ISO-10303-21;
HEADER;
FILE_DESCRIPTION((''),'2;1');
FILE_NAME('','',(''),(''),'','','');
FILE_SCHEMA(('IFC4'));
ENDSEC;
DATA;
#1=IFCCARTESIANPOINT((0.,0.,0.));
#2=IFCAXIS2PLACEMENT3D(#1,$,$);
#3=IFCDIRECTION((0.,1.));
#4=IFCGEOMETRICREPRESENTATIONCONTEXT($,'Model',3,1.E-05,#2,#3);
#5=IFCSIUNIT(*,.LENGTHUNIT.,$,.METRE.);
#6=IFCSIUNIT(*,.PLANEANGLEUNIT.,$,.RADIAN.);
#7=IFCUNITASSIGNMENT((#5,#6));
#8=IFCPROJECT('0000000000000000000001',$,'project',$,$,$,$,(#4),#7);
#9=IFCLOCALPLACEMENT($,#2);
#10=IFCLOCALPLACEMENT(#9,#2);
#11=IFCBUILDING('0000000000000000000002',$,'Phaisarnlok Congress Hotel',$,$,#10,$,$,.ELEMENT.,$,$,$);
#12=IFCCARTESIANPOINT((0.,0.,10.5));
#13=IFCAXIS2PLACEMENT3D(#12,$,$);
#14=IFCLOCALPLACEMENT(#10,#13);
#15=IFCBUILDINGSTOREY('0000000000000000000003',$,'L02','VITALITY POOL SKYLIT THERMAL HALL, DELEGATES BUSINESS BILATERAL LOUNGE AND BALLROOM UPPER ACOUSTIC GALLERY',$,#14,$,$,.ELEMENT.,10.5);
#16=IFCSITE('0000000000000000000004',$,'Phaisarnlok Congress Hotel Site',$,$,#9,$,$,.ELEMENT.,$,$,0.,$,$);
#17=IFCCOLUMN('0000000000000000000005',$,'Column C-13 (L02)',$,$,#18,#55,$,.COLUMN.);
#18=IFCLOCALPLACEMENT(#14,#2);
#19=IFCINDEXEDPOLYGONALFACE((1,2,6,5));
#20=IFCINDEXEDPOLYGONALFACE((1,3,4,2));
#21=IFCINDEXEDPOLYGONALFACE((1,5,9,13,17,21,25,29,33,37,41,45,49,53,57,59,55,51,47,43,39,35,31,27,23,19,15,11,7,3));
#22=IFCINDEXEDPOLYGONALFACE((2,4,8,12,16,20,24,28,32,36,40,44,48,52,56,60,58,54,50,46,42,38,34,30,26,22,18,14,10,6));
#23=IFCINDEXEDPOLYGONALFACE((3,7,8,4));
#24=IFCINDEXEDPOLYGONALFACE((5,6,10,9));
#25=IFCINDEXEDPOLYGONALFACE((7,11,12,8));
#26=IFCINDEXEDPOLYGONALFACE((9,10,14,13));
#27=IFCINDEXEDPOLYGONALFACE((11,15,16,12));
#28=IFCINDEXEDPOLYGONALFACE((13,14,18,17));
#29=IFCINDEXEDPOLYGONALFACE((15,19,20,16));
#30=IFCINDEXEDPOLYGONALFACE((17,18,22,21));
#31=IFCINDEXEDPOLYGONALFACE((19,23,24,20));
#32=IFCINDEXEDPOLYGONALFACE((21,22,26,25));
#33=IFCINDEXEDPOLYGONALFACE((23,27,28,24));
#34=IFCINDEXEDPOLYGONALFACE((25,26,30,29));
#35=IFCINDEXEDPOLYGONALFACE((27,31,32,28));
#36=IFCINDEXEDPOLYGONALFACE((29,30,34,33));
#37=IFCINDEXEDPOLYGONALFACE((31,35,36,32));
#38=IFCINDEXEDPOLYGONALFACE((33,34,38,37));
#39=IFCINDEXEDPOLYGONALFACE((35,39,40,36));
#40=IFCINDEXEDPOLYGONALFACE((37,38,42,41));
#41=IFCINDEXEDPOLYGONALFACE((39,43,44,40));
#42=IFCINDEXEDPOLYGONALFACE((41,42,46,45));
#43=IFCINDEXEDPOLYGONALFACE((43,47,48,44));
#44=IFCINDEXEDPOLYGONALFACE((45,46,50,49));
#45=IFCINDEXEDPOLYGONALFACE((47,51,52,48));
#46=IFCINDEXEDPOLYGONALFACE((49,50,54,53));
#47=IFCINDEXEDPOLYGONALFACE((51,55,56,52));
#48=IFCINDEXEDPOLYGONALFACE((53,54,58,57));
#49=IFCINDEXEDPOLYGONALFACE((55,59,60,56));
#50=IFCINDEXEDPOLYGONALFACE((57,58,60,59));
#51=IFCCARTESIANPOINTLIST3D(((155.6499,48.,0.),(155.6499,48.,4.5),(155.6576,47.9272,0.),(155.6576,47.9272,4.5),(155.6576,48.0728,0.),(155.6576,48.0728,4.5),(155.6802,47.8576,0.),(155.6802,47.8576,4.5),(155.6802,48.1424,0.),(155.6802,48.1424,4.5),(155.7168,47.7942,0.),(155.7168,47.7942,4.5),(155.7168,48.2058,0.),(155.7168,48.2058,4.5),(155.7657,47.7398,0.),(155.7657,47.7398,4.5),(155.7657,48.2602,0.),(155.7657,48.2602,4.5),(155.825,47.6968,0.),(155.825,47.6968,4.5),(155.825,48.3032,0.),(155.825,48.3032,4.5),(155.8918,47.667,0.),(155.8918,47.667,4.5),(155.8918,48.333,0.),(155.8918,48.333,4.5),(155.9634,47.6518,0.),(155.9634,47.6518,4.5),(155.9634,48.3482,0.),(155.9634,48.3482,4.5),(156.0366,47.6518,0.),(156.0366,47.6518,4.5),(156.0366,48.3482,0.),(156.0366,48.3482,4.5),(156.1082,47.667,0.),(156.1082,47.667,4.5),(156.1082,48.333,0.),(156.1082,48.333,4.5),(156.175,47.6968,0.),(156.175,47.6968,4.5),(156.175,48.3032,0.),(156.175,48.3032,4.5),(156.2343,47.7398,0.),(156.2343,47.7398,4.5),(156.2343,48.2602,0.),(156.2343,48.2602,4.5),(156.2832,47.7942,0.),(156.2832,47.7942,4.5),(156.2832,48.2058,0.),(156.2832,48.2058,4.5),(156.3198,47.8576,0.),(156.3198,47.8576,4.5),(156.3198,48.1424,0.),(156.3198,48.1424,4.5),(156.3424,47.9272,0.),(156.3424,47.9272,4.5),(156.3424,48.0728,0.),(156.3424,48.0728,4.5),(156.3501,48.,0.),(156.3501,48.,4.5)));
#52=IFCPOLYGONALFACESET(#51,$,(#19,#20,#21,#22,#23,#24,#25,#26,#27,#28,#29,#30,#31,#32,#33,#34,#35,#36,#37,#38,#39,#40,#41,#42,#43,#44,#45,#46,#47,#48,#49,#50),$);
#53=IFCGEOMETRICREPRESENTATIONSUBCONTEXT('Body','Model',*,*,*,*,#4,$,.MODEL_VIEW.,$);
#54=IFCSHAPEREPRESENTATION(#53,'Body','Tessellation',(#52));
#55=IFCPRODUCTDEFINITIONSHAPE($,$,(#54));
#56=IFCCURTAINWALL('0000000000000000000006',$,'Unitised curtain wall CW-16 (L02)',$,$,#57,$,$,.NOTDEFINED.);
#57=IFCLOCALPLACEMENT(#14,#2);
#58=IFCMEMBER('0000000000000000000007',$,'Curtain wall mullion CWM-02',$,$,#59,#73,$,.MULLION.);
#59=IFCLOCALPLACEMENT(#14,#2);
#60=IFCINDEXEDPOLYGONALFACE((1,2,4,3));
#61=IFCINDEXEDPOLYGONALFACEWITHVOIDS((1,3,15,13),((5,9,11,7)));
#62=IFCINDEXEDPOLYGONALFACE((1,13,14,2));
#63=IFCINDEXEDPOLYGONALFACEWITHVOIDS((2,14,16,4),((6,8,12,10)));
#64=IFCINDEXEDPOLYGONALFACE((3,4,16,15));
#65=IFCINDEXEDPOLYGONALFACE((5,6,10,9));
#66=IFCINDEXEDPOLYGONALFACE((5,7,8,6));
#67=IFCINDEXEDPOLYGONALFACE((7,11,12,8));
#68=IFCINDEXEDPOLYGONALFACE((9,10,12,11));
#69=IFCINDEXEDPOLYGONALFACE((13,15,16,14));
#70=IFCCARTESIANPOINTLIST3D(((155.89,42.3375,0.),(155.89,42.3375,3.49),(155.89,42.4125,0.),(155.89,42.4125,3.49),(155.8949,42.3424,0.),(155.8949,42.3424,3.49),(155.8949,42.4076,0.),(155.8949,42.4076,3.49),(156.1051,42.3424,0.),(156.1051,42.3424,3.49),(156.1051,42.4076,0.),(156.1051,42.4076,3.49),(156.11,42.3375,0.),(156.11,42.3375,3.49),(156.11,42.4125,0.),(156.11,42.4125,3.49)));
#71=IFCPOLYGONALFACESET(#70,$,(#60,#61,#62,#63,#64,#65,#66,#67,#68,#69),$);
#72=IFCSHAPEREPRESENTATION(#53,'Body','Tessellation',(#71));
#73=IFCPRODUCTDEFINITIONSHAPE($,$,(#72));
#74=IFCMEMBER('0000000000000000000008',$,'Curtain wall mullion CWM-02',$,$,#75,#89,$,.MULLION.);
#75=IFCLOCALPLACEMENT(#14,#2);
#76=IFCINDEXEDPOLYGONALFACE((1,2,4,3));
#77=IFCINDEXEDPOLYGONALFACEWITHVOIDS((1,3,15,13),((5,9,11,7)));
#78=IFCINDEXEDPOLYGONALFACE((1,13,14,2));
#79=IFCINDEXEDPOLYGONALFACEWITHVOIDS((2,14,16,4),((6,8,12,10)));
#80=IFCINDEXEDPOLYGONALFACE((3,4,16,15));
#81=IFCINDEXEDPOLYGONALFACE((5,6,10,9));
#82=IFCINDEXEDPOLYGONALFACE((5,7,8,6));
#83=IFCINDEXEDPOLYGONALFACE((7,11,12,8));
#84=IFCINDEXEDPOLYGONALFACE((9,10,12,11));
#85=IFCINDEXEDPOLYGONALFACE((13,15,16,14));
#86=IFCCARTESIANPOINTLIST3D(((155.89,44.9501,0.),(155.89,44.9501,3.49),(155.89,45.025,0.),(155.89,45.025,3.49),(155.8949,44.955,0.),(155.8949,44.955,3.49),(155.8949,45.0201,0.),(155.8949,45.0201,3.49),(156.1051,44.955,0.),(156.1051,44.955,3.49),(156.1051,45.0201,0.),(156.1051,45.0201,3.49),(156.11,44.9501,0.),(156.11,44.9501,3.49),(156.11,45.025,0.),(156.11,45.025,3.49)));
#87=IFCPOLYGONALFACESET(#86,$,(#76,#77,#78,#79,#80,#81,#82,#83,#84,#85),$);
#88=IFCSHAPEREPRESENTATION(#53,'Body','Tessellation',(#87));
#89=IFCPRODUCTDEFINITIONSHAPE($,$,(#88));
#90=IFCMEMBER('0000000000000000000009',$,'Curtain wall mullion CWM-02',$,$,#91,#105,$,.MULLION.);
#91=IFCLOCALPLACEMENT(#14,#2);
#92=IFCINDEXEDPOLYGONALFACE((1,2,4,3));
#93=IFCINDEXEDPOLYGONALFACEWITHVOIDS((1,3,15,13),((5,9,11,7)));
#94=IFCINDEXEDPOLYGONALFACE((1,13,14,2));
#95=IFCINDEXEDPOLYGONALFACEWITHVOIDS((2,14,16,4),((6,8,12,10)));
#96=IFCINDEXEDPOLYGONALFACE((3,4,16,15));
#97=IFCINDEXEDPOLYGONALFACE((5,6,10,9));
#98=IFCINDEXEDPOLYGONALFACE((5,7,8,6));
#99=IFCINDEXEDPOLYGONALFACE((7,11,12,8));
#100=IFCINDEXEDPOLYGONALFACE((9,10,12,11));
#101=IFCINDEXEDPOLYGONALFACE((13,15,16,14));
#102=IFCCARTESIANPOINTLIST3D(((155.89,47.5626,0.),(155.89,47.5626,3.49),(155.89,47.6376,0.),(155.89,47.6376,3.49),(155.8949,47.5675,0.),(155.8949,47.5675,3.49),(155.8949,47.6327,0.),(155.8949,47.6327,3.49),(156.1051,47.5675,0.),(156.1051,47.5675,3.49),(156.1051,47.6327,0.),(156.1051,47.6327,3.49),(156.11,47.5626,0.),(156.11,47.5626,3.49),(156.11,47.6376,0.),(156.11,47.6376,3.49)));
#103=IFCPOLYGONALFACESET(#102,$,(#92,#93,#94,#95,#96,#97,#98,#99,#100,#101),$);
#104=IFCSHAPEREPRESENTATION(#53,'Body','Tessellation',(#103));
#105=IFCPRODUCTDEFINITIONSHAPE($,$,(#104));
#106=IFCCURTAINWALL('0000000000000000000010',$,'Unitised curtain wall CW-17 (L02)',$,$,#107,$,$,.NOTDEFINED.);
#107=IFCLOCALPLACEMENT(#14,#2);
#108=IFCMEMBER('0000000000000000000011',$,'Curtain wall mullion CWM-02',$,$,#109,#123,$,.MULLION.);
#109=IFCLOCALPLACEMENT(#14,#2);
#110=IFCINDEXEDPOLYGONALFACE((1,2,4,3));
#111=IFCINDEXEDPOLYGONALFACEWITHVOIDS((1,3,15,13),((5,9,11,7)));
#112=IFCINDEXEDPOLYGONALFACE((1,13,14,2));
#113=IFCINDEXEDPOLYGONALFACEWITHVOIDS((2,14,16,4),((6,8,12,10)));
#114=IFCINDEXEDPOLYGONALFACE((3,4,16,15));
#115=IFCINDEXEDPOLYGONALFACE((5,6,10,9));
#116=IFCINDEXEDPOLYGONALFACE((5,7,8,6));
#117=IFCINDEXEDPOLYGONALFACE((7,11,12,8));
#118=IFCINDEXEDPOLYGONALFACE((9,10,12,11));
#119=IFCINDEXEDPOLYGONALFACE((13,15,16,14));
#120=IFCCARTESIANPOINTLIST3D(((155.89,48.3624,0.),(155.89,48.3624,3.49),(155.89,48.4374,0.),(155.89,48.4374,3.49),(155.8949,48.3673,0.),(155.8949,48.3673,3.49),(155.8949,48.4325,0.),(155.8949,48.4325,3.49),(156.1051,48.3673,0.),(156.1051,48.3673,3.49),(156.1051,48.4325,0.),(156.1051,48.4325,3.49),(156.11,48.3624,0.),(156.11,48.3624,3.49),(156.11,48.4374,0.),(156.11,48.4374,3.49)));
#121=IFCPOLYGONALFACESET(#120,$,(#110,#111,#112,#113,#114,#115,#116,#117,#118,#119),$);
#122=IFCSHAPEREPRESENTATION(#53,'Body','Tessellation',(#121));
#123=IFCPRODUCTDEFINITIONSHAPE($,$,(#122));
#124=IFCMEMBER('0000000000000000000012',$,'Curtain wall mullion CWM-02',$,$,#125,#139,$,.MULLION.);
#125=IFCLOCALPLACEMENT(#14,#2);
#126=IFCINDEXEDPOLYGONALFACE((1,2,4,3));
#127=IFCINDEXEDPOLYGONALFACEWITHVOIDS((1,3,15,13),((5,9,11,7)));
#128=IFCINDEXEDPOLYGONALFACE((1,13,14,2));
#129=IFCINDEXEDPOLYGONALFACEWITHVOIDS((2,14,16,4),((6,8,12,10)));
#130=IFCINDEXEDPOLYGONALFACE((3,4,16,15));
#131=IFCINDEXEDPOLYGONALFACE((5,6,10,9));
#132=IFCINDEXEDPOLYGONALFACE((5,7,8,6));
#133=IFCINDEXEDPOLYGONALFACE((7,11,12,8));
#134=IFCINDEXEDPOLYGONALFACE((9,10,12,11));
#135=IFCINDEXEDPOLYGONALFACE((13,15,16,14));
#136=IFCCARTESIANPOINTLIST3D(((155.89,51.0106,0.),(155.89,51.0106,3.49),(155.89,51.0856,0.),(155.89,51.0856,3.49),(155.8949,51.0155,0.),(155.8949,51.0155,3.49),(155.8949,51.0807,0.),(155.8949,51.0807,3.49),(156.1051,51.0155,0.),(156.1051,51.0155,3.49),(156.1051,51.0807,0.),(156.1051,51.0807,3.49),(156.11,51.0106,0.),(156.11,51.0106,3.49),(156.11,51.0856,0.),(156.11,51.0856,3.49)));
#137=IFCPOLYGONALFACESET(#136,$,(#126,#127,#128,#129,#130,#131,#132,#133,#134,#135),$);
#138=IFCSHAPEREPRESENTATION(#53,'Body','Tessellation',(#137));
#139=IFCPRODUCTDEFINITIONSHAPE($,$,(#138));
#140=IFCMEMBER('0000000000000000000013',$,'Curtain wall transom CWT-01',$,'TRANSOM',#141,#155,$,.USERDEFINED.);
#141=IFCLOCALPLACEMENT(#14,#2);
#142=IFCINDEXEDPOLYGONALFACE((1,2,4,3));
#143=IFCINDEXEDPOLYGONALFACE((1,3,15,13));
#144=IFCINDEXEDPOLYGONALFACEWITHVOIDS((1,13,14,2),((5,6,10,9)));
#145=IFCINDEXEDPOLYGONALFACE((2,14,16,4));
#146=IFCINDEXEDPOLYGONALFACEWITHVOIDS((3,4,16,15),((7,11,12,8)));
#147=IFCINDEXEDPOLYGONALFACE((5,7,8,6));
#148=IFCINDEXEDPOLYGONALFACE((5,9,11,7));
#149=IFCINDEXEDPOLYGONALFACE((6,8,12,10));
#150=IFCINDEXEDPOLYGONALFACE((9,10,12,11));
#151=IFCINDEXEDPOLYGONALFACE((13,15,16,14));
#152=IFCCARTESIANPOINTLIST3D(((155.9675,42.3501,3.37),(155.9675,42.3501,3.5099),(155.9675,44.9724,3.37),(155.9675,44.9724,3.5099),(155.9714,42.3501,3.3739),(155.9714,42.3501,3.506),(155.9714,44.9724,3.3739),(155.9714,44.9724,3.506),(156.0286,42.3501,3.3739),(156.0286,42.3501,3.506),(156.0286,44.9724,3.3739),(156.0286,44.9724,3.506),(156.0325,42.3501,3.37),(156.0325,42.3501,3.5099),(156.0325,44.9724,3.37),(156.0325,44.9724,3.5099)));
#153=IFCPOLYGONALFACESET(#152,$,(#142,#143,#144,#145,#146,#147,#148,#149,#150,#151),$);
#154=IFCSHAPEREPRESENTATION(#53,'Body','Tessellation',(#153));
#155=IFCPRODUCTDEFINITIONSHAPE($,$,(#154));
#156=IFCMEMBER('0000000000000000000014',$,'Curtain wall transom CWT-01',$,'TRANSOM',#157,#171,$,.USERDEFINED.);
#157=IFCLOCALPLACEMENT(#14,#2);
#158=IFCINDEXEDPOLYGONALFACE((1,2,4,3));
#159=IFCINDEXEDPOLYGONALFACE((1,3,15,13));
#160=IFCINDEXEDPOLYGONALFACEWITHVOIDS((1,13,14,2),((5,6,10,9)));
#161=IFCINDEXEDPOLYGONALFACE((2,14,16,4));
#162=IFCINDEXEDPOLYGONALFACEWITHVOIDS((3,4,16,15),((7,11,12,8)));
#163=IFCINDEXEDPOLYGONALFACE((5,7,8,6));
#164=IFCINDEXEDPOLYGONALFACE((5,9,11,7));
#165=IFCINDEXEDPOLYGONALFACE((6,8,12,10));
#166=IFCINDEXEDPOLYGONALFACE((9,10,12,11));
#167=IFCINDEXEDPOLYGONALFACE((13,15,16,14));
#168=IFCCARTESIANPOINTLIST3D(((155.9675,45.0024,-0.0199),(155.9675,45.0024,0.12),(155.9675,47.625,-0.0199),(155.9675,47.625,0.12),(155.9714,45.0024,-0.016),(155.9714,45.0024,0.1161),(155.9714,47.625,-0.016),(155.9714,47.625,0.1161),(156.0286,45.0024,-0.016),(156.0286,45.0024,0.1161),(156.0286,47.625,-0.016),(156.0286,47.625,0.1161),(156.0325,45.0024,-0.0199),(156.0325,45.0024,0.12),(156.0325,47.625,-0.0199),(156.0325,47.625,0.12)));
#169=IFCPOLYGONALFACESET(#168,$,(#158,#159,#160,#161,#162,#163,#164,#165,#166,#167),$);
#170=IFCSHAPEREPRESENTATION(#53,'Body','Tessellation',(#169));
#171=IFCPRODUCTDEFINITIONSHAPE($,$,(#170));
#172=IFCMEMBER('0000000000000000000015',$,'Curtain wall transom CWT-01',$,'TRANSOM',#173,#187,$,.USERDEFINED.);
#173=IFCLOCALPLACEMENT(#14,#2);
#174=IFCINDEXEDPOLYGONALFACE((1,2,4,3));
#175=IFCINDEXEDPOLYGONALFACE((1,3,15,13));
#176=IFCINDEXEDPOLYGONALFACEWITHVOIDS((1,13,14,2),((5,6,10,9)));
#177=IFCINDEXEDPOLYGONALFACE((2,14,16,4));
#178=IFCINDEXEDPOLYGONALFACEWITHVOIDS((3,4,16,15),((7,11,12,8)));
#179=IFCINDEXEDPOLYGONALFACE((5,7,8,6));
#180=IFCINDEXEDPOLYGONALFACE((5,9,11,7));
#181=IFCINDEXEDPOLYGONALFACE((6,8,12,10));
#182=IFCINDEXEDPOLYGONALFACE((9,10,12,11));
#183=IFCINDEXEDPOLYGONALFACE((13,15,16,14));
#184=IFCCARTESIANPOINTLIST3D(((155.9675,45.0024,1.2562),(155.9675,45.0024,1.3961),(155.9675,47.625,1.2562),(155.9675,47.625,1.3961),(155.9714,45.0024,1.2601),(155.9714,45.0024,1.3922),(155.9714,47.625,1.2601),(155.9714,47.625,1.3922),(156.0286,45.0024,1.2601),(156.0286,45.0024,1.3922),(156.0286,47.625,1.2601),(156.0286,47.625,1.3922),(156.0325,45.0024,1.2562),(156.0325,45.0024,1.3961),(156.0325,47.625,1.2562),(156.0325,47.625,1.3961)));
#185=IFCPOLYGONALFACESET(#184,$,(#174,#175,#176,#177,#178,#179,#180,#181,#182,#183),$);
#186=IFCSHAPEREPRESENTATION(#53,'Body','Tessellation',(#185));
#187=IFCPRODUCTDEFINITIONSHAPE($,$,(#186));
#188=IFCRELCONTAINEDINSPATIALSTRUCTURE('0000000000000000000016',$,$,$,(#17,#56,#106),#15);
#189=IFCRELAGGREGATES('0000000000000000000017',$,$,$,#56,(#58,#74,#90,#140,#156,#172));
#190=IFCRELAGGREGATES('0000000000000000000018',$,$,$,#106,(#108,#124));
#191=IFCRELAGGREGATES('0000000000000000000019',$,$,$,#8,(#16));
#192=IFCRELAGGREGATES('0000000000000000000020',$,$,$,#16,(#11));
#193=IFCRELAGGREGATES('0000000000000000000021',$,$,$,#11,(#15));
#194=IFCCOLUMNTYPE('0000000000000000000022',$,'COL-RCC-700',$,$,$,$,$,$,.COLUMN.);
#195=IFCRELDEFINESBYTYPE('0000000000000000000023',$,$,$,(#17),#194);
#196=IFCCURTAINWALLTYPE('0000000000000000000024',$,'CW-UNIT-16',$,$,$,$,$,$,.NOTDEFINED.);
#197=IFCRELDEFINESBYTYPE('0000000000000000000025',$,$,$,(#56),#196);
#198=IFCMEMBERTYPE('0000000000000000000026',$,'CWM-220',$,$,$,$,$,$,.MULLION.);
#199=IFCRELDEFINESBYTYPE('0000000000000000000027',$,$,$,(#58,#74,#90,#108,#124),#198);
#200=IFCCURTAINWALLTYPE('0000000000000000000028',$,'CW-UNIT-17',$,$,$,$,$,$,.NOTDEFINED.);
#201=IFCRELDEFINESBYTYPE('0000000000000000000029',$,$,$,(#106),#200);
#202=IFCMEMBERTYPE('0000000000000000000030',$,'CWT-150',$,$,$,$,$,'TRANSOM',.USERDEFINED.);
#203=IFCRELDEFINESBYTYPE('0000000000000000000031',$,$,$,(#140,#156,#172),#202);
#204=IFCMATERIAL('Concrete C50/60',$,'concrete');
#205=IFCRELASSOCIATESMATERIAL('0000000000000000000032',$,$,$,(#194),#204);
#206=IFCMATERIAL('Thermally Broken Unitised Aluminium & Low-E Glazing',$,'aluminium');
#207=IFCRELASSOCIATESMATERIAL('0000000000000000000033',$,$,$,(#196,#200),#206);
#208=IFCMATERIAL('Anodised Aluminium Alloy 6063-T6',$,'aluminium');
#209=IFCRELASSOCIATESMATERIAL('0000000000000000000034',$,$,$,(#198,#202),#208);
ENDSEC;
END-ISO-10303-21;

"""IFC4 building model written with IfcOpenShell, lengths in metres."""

from ifc_helpers import new_model, si_unit, direction, frame, origin, origin_2d, place, context, subcontext, project, spatial, hollow_rectangle, circle, extrude, material, material_profile, profile_set, type_object, element, aggregate, save


model = new_model("IFC4")

# Units and contexts
model_context = context("Model", 3, precision=1e-05, world=origin(), true_north=direction((0.0, 1.0)))
body_context = subcontext(model_context, "Body", "Model", "MODEL_VIEW")
ifc_project = project(units=[si_unit("LENGTHUNIT", "METRE"), si_unit("PLANEANGLEUNIT", "RADIAN")], contexts=[model_context])

# Site, building, storey
site_placement = place(None, origin())
site = spatial("IfcSite", under=ifc_project, at=site_placement, Name="Phaisarnlok Congress Hotel Site", CompositionType="ELEMENT", RefElevation=0.0)
building_placement = place(site_placement, origin())
building = spatial("IfcBuilding", under=site, at=building_placement, Name="Phaisarnlok Congress Hotel", CompositionType="ELEMENT")
storey_placement = place(building_placement, frame((0.0, 0.0, 10.5)))
storey = spatial("IfcBuildingStorey", under=building, at=storey_placement, Name="L02", Description="VITALITY POOL SKYLIT THERMAL HALL, DELEGATES BUSINESS BILATERAL LOUNGE AND BALLROOM UPPER ACOUSTIC GALLERY", CompositionType="ELEMENT", Elevation=10.5)

# Column
ifc_material_1 = material(Name="Concrete C50/60", Category="concrete")
ifc_material_profile_1 = material_profile(ifc_material_1, circle(Radius=0.3501, at=origin_2d()), Name="RCC D700")
ifc_profile_set_1 = profile_set([ifc_material_profile_1], Name="Concrete C50/60")
column_type = type_object("IfcColumnType", Name="COL-RCC-700", PredefinedType="COLUMN", material=ifc_profile_set_1)
column_placement = place(storey_placement, frame((156.0, 48.0, 0.0), z_axis=(0.0, 0.0, 1.0), x_axis=(1.0, 0.0, 0.0)))
element("IfcColumn", 1, at=column_placement, inside=storey, type_object=column_type, Name="Column C-13 (L02)", PredefinedType="COLUMN", context=body_context, shape_type="SweptSolid", body=[
    extrude(circle(Radius=0.3501, at=origin_2d()), origin(), (0.0, 0.0, 1.0), 4.5),
])

# Curtain walls, members
ifc_material_2 = material(Name="Thermally Broken Unitised Aluminium & Low-E Glazing", Category="aluminium")
curtain_wall_type_1 = type_object("IfcCurtainWallType", Name="CW-UNIT-16", PredefinedType="NOTDEFINED", material=ifc_material_2)
curtain_wall_1_placement = place(storey_placement, origin())
curtain_wall_1 = element("IfcCurtainWall", 2, at=curtain_wall_1_placement, inside=storey, type_object=curtain_wall_type_1, Name="Unitised curtain wall CW-16 (L02)", PredefinedType="NOTDEFINED")
ifc_material_3 = material(Name="Anodised Aluminium Alloy 6063-T6", Category="aluminium")
ifc_material_profile_2 = material_profile(ifc_material_3, hollow_rectangle(XDim=0.075, YDim=0.22, WallThickness=0.0049, at=origin_2d()), Name="ALU-M 75x220x5")
ifc_profile_set_2 = profile_set([ifc_material_profile_2], Name="Anodised Aluminium Alloy 6063-T6")
member_type_1 = type_object("IfcMemberType", Name="CWM-220", PredefinedType="MULLION", material=ifc_profile_set_2)
member_1_placement = place(storey_placement, frame((156.0, 42.375, 0.0), z_axis=(0.0, 0.0, 1.0), x_axis=(0.0, 1.0, 0.0)))
member_1 = element("IfcMember", 3, at=member_1_placement, type_object=member_type_1, Name="Curtain wall mullion CWM-02", PredefinedType="MULLION", context=body_context, shape_type="SweptSolid", body=[
    extrude(hollow_rectangle(XDim=0.075, YDim=0.22, WallThickness=0.0049, at=origin_2d()), origin(), (0.0, 0.0, 1.0), 3.49),
])
member_2_placement = place(storey_placement, frame((156.0, 44.9875, 0.0), z_axis=(0.0, 0.0, 1.0), x_axis=(0.0, 1.0, 0.0)))
member_2 = element("IfcMember", 4, at=member_2_placement, type_object=member_type_1, Name="Curtain wall mullion CWM-02", PredefinedType="MULLION", context=body_context, shape_type="SweptSolid", body=[
    extrude(hollow_rectangle(XDim=0.075, YDim=0.22, WallThickness=0.0049, at=origin_2d()), origin(), (0.0, 0.0, 1.0), 3.49),
])
member_3_placement = place(storey_placement, frame((156.0, 47.6001, 0.0), z_axis=(0.0, 0.0, 1.0), x_axis=(0.0, 1.0, 0.0)))
member_3 = element("IfcMember", 5, at=member_3_placement, type_object=member_type_1, Name="Curtain wall mullion CWM-02", PredefinedType="MULLION", context=body_context, shape_type="SweptSolid", body=[
    extrude(hollow_rectangle(XDim=0.075, YDim=0.22, WallThickness=0.0049, at=origin_2d()), origin(), (0.0, 0.0, 1.0), 3.49),
])
curtain_wall_type_2 = type_object("IfcCurtainWallType", Name="CW-UNIT-17", PredefinedType="NOTDEFINED", material=ifc_material_2)
curtain_wall_2_placement = place(storey_placement, origin())
curtain_wall_2 = element("IfcCurtainWall", 6, at=curtain_wall_2_placement, inside=storey, type_object=curtain_wall_type_2, Name="Unitised curtain wall CW-17 (L02)", PredefinedType="NOTDEFINED")
member_4_placement = place(storey_placement, frame((156.0, 48.3999, 0.0), z_axis=(0.0, 0.0, 1.0), x_axis=(0.0, 1.0, 0.0)))
member_4 = element("IfcMember", 7, at=member_4_placement, type_object=member_type_1, Name="Curtain wall mullion CWM-02", PredefinedType="MULLION", context=body_context, shape_type="SweptSolid", body=[
    extrude(hollow_rectangle(XDim=0.075, YDim=0.22, WallThickness=0.0049, at=origin_2d()), origin(), (0.0, 0.0, 1.0), 3.49),
])
member_5_placement = place(storey_placement, frame((156.0, 51.0481, 0.0), z_axis=(0.0, 0.0, 1.0), x_axis=(0.0, 1.0, 0.0)))
member_5 = element("IfcMember", 8, at=member_5_placement, type_object=member_type_1, Name="Curtain wall mullion CWM-02", PredefinedType="MULLION", context=body_context, shape_type="SweptSolid", body=[
    extrude(hollow_rectangle(XDim=0.075, YDim=0.22, WallThickness=0.0049, at=origin_2d()), origin(), (0.0, 0.0, 1.0), 3.49),
])

# Members
ifc_material_profile_3 = material_profile(ifc_material_3, hollow_rectangle(XDim=0.0649, YDim=0.1399, WallThickness=0.0039, at=origin_2d()), Name="ALU-T 65x140x4")
ifc_profile_set_3 = profile_set([ifc_material_profile_3], Name="Anodised Aluminium Alloy 6063-T6")
member_type_2 = type_object("IfcMemberType", Name="CWT-150", ElementType="TRANSOM", PredefinedType="USERDEFINED", material=ifc_profile_set_3)
member_6_placement = place(storey_placement, frame((156.0, 42.3501, 3.4399), z_axis=(0.0, 1.0, 0.0), x_axis=(-1.0, 0.0, 0.0)))
member_6 = element("IfcMember", 9, at=member_6_placement, type_object=member_type_2, Name="Curtain wall transom CWT-01", ObjectType="TRANSOM", PredefinedType="USERDEFINED", context=body_context, shape_type="SweptSolid", body=[
    extrude(hollow_rectangle(XDim=0.0649, YDim=0.1399, WallThickness=0.0039, at=origin_2d()), origin(), (0.0, 0.0, 1.0), 2.6223),
])
member_7_placement = place(storey_placement, frame((156.0, 45.0024, 0.05), z_axis=(0.0, 1.0, 0.0), x_axis=(-1.0, 0.0, 0.0)))
member_7 = element("IfcMember", 10, at=member_7_placement, type_object=member_type_2, Name="Curtain wall transom CWT-01", ObjectType="TRANSOM", PredefinedType="USERDEFINED", context=body_context, shape_type="SweptSolid", body=[
    extrude(hollow_rectangle(XDim=0.0649, YDim=0.1399, WallThickness=0.0039, at=origin_2d()), origin(), (0.0, 0.0, 1.0), 2.6226),
])
member_8_placement = place(storey_placement, frame((156.0, 45.0024, 1.3262), z_axis=(0.0, 1.0, 0.0), x_axis=(-1.0, 0.0, 0.0)))
member_8 = element("IfcMember", 11, at=member_8_placement, type_object=member_type_2, Name="Curtain wall transom CWT-01", ObjectType="TRANSOM", PredefinedType="USERDEFINED", context=body_context, shape_type="SweptSolid", body=[
    extrude(hollow_rectangle(XDim=0.0649, YDim=0.1399, WallThickness=0.0039, at=origin_2d()), origin(), (0.0, 0.0, 1.0), 2.6226),
])

aggregate(curtain_wall_1, [member_1, member_2, member_3, member_6, member_7, member_8])
aggregate(curtain_wall_2, [member_4, member_5])

save(model, "model.ifc")
